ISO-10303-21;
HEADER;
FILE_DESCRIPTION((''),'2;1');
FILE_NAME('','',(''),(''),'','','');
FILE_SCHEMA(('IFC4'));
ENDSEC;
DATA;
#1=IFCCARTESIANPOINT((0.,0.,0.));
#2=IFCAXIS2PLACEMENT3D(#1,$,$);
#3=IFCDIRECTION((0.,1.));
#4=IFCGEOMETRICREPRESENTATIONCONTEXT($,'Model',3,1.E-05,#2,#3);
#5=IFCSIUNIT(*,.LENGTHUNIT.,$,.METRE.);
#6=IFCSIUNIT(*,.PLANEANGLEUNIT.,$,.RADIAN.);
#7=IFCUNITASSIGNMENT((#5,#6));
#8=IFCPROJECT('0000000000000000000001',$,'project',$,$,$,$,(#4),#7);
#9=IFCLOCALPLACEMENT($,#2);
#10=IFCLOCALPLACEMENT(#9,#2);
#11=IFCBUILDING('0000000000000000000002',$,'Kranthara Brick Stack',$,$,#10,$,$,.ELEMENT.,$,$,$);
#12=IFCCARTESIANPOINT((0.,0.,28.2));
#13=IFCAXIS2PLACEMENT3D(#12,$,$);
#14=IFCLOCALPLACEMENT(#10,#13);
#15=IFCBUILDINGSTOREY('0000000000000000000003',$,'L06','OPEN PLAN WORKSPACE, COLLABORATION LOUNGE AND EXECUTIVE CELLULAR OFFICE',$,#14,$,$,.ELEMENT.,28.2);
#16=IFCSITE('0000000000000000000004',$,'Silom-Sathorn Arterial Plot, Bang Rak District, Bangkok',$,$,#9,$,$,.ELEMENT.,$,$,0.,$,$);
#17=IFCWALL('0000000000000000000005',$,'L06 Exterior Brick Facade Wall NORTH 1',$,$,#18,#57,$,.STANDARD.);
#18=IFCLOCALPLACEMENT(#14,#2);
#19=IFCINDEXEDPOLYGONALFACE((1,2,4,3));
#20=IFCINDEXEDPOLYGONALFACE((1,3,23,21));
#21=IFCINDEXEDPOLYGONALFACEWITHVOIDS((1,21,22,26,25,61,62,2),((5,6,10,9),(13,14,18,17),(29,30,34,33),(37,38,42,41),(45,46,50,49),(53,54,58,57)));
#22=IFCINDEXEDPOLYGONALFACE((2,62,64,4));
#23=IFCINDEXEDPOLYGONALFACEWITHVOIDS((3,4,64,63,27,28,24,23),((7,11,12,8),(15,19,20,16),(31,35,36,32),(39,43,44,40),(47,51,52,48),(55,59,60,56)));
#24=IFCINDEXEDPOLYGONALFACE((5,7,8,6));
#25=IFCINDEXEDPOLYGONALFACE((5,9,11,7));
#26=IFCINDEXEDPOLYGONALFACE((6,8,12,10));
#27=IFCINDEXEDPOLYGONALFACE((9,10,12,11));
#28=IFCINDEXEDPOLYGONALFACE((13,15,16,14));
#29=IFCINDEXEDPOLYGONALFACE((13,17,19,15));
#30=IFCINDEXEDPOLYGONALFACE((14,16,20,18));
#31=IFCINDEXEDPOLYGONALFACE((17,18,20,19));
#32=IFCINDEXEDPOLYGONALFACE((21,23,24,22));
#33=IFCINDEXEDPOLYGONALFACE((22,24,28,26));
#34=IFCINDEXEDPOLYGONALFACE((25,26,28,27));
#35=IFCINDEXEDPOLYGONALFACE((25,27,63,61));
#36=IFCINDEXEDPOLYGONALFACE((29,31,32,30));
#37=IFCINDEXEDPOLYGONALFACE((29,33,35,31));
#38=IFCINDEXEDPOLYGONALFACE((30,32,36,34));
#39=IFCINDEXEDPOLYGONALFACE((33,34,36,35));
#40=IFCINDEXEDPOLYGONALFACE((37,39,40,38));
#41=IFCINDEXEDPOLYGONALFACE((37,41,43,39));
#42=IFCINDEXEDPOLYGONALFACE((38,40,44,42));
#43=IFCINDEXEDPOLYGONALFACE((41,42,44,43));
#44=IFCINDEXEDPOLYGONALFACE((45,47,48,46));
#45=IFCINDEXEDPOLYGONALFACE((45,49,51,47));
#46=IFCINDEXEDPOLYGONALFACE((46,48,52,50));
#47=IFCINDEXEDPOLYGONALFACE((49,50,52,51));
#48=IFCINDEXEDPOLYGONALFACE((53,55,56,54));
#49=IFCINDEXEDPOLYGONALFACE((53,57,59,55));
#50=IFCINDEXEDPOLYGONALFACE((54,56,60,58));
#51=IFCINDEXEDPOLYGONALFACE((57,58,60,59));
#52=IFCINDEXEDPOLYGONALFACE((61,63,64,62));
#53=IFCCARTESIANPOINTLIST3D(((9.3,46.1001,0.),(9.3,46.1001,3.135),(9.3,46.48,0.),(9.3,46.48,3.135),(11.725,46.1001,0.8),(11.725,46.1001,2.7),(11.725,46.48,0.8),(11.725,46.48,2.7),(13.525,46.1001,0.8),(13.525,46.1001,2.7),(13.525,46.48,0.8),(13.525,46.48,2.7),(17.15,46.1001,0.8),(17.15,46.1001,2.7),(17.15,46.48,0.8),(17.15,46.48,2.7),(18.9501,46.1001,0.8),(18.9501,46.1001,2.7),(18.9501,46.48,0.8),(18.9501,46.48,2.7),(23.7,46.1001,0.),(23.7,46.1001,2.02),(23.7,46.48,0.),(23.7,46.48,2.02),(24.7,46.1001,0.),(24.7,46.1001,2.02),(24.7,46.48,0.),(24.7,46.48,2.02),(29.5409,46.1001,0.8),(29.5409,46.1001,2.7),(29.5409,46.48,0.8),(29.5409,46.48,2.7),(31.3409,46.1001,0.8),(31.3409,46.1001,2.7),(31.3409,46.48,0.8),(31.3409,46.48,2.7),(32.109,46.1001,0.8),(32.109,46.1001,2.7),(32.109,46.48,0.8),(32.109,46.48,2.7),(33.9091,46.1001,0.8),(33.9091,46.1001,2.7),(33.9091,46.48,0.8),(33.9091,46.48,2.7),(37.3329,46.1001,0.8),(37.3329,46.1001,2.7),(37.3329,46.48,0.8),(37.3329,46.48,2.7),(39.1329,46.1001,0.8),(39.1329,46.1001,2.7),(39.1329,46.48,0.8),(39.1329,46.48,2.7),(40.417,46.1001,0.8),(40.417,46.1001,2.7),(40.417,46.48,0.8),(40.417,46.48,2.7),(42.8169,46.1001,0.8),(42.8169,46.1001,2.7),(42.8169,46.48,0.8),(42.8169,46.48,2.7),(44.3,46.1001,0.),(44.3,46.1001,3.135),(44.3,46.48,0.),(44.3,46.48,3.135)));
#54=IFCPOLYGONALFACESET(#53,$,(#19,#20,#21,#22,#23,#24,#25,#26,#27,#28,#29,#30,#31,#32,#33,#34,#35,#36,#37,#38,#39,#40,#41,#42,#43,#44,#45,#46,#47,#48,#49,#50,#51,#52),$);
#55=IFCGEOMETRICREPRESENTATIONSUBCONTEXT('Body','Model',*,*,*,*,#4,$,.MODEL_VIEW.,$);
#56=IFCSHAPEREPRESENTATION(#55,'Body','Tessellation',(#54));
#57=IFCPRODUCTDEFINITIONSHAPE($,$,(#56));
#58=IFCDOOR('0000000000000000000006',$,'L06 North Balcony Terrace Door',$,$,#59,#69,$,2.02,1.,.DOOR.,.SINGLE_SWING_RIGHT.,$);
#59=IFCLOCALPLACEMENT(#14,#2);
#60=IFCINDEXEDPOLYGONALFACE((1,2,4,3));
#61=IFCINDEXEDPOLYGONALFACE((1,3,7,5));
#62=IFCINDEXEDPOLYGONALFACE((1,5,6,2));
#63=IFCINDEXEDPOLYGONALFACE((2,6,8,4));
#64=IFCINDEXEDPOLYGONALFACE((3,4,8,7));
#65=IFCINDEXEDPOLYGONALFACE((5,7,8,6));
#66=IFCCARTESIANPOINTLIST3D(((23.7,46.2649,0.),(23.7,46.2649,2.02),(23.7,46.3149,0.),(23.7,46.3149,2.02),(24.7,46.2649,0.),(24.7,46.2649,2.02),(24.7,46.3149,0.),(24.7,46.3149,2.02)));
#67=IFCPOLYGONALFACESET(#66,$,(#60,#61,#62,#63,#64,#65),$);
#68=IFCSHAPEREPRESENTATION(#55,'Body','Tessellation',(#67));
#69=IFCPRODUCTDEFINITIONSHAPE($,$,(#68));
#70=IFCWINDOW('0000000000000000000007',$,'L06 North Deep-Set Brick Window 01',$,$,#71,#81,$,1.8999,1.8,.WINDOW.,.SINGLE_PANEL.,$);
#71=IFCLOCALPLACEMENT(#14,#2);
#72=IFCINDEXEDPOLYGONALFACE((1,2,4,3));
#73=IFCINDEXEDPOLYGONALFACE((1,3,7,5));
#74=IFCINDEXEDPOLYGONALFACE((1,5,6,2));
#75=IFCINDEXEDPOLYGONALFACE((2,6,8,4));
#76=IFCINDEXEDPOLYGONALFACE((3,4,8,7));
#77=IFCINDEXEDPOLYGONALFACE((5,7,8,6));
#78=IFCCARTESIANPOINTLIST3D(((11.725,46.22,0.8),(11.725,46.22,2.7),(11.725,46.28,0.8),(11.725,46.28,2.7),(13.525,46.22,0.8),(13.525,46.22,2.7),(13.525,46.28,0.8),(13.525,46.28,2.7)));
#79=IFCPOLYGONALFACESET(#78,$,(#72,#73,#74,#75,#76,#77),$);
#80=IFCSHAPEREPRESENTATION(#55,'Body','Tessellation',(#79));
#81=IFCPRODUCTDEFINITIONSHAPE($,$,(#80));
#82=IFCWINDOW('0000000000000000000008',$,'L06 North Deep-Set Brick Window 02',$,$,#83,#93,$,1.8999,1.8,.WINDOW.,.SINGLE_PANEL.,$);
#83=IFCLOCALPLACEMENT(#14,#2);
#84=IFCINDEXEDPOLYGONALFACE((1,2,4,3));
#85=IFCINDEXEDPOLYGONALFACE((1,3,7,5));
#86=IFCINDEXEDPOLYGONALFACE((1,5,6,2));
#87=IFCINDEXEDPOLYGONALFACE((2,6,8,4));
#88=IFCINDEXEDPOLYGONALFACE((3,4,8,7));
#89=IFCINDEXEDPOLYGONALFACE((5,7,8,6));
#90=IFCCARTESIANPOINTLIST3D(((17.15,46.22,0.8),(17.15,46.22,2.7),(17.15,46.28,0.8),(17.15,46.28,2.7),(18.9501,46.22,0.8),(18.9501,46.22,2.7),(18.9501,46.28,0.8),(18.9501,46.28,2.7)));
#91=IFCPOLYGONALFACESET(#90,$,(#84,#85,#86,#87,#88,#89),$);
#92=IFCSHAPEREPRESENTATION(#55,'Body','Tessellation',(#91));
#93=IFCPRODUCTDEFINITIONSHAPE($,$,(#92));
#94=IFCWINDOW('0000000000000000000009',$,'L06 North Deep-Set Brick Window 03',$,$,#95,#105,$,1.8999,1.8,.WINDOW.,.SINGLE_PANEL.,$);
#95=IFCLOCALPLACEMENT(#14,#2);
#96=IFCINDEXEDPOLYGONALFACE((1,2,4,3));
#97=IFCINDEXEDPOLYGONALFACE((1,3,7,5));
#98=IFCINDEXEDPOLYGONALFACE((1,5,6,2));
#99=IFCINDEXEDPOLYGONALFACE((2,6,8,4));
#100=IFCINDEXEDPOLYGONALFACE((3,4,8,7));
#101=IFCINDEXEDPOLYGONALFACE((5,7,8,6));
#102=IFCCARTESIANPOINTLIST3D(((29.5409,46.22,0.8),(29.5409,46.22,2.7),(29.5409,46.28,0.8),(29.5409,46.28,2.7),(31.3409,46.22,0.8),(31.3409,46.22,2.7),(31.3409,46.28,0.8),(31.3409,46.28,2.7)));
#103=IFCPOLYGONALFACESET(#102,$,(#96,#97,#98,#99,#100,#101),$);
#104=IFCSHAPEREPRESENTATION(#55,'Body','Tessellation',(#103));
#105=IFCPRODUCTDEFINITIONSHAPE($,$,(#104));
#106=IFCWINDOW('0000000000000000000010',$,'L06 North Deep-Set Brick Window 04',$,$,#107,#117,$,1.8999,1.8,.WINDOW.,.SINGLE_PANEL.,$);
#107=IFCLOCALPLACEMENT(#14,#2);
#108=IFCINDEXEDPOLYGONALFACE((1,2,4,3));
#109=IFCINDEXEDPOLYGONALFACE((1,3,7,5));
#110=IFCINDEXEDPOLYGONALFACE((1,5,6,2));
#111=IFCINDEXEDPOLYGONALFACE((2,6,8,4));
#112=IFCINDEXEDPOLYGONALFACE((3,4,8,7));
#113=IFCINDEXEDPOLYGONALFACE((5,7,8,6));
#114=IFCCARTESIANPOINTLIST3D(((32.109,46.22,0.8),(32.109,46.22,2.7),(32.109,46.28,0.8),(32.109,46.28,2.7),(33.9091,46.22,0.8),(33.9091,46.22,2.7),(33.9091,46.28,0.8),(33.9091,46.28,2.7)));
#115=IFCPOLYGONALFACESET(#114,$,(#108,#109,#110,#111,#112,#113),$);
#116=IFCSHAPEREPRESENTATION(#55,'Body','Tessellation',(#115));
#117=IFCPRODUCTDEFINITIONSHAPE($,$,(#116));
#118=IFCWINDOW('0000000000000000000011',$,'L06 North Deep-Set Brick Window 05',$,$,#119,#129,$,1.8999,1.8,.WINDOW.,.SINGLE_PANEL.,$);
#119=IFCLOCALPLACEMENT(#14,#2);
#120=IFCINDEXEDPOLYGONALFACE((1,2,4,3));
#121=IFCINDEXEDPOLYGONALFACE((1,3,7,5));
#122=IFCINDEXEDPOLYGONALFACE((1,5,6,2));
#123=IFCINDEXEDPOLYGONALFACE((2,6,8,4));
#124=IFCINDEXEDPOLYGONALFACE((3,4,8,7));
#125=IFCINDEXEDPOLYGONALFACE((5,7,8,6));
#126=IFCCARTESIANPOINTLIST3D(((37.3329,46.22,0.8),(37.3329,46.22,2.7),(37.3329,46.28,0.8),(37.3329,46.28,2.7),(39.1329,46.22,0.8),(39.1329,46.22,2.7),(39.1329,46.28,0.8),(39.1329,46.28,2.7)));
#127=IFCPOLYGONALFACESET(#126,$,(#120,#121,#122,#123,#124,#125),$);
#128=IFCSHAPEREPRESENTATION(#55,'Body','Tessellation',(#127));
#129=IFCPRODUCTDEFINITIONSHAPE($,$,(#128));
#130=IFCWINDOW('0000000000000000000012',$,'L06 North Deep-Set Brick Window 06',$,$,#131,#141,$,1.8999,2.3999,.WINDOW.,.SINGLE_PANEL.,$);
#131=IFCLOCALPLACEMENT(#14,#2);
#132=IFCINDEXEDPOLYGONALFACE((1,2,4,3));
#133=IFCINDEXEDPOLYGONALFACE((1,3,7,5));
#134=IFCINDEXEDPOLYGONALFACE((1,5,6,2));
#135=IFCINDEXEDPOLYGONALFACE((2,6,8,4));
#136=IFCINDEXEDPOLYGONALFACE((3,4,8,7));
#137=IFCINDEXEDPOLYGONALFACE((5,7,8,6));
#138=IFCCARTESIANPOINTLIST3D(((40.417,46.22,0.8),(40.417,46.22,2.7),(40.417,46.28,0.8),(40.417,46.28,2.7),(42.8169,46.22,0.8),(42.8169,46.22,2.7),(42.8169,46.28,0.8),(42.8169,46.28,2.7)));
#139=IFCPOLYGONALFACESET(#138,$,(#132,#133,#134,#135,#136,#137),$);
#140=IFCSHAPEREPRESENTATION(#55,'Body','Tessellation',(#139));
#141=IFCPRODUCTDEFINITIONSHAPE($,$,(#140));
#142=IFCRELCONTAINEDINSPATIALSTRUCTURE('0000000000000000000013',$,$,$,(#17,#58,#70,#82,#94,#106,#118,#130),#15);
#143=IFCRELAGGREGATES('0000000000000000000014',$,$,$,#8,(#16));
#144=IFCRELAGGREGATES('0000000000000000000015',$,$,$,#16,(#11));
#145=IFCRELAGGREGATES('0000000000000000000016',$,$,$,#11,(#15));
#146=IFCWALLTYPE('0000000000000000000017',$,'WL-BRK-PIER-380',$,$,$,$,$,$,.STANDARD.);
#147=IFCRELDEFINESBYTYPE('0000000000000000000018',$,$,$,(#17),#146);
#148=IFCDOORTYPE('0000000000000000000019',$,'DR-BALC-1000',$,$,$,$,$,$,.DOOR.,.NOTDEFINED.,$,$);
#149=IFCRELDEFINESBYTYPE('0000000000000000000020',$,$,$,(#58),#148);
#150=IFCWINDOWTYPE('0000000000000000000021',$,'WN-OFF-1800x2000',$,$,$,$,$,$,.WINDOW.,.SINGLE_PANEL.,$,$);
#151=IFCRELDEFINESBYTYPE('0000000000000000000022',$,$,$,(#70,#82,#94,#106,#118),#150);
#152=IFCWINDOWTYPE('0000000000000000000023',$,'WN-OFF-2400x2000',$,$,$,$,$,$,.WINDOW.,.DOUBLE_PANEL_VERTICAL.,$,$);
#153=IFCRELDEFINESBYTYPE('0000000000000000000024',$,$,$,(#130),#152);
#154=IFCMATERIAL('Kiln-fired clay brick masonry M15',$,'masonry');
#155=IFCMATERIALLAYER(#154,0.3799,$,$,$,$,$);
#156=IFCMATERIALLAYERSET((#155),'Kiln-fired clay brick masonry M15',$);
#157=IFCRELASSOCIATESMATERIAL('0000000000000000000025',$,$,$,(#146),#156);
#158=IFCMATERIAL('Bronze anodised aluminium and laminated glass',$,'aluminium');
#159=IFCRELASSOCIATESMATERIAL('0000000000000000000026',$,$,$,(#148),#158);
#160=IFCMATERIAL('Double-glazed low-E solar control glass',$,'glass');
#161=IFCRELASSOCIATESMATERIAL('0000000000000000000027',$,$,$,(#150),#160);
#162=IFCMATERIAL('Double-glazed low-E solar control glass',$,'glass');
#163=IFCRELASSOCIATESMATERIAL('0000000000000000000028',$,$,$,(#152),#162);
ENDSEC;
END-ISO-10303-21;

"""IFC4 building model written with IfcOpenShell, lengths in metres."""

from ifc_helpers import new_model, si_unit, direction, frame, frame_2d, origin, place, context, subcontext, project, spatial, rectangle, extrude, material, layer, layer_set, type_object, element, fill, save


model = new_model("IFC4")

# Units and contexts
model_context = context("Model", 3, precision=1e-05, world=origin(), true_north=direction((0.0, 1.0)))
body_context = subcontext(model_context, "Body", "Model", "MODEL_VIEW")
ifc_project = project(units=[si_unit("LENGTHUNIT", "METRE"), si_unit("PLANEANGLEUNIT", "RADIAN")], contexts=[model_context])

# Site, building, storey
site_placement = place(None, origin())
site = spatial("IfcSite", under=ifc_project, at=site_placement, Name="Silom-Sathorn Arterial Plot, Bang Rak District, Bangkok", CompositionType="ELEMENT", RefElevation=0.0)
building_placement = place(site_placement, origin())
building = spatial("IfcBuilding", under=site, at=building_placement, Name="Kranthara Brick Stack", CompositionType="ELEMENT")
storey_placement = place(building_placement, frame((0.0, 0.0, 28.2)))
storey = spatial("IfcBuildingStorey", under=building, at=storey_placement, Name="L06", Description="OPEN PLAN WORKSPACE, COLLABORATION LOUNGE AND EXECUTIVE CELLULAR OFFICE", CompositionType="ELEMENT", Elevation=28.2)

# Shared definitions
ifc_material_1 = material(Name="Kiln-fired clay brick masonry M15", Category="masonry")
ifc_layer_1 = layer(ifc_material_1, 0.3799)
ifc_layer_set_1 = layer_set([ifc_layer_1], Name="Kiln-fired clay brick masonry M15")
wall_type_1 = type_object("IfcWallType", Name="WL-BRK-PIER-380", PredefinedType="STANDARD", material=ifc_layer_set_1)

# Wall, openings, door, windows
wall_1_placement = place(storey_placement, frame((9.3, 46.29, 0.0), z_axis=(0.0, 0.0, 1.0), x_axis=(1.0, 0.0, 0.0)))
wall_1 = element("IfcWall", 1, at=wall_1_placement, inside=storey, type_object=wall_type_1, Name="L06 Exterior Brick Facade Wall NORTH 1", PredefinedType="STANDARD", context=body_context, shape_type="SweptSolid", body=[
    extrude(rectangle(XDim=35.0, YDim=0.3799, at=frame_2d((17.5, 0.0))), origin(), (0.0, 0.0, 1.0), 3.135),
])
opening_1_placement = place(wall_1_placement, frame((14.3999, 0.0, 0.0)))
opening_1 = element("IfcOpeningElement", 2, at=opening_1_placement, cuts=wall_1, PredefinedType="OPENING", context=body_context, shape_type="SweptSolid", body=[
    extrude(rectangle(XDim=1.0, YDim=2.02, at=frame_2d((0.5, 1.01))), frame((0.0, 0.2, 0.0), z_axis=(0.0, -1.0, 0.0), x_axis=(1.0, 0.0, 0.0)), (0.0, 0.0, 1.0), 0.3999),
])
opening_2_placement = place(wall_1_placement, frame((2.425, 0.0, 0.8)))
opening_2 = element("IfcOpeningElement", 3, at=opening_2_placement, cuts=wall_1, PredefinedType="OPENING", context=body_context, shape_type="SweptSolid", body=[
    extrude(rectangle(XDim=1.8, YDim=1.8999, at=frame_2d((0.8999, 0.95))), frame((0.0, 0.2, 0.0), z_axis=(0.0, -1.0, 0.0), x_axis=(1.0, 0.0, 0.0)), (0.0, 0.0, 1.0), 0.3999),
])
opening_3_placement = place(wall_1_placement, frame((7.8501, 0.0, 0.8)))
opening_3 = element("IfcOpeningElement", 4, at=opening_3_placement, cuts=wall_1, PredefinedType="OPENING", context=body_context, shape_type="SweptSolid", body=[
    extrude(rectangle(XDim=1.8, YDim=1.8999, at=frame_2d((0.8999, 0.95))), frame((0.0, 0.2, 0.0), z_axis=(0.0, -1.0, 0.0), x_axis=(1.0, 0.0, 0.0)), (0.0, 0.0, 1.0), 0.3999),
])
opening_4_placement = place(wall_1_placement, frame((20.241, 0.0, 0.8)))
opening_4 = element("IfcOpeningElement", 5, at=opening_4_placement, cuts=wall_1, PredefinedType="OPENING", context=body_context, shape_type="SweptSolid", body=[
    extrude(rectangle(XDim=1.8, YDim=1.8999, at=frame_2d((0.8999, 0.95))), frame((0.0, 0.2, 0.0), z_axis=(0.0, -1.0, 0.0), x_axis=(1.0, 0.0, 0.0)), (0.0, 0.0, 1.0), 0.3999),
])
opening_5_placement = place(wall_1_placement, frame((22.8091, 0.0, 0.8)))
opening_5 = element("IfcOpeningElement", 6, at=opening_5_placement, cuts=wall_1, PredefinedType="OPENING", context=body_context, shape_type="SweptSolid", body=[
    extrude(rectangle(XDim=1.8, YDim=1.8999, at=frame_2d((0.8999, 0.95))), frame((0.0, 0.2, 0.0), z_axis=(0.0, -1.0, 0.0), x_axis=(1.0, 0.0, 0.0)), (0.0, 0.0, 1.0), 0.3999),
])
opening_6_placement = place(wall_1_placement, frame((28.033, 0.0, 0.8)))
opening_6 = element("IfcOpeningElement", 7, at=opening_6_placement, cuts=wall_1, PredefinedType="OPENING", context=body_context, shape_type="SweptSolid", body=[
    extrude(rectangle(XDim=1.8, YDim=1.8999, at=frame_2d((0.8999, 0.95))), frame((0.0, 0.2, 0.0), z_axis=(0.0, -1.0, 0.0), x_axis=(1.0, 0.0, 0.0)), (0.0, 0.0, 1.0), 0.3999),
])
opening_7_placement = place(wall_1_placement, frame((31.1169, 0.0, 0.8)))
opening_7 = element("IfcOpeningElement", 8, at=opening_7_placement, cuts=wall_1, PredefinedType="OPENING", context=body_context, shape_type="SweptSolid", body=[
    extrude(rectangle(XDim=2.3999, YDim=1.8999, at=frame_2d((1.2, 0.95))), frame((0.0, 0.2, 0.0), z_axis=(0.0, -1.0, 0.0), x_axis=(1.0, 0.0, 0.0)), (0.0, 0.0, 1.0), 0.3999),
])
ifc_material_2 = material(Name="Bronze anodised aluminium and laminated glass", Category="aluminium")
door_type_1 = type_object("IfcDoorType", Name="DR-BALC-1000", OperationType="NOTDEFINED", PredefinedType="DOOR", material=ifc_material_2)
door_1_placement = place(opening_1_placement, origin())
door_1 = element("IfcDoor", 9, at=door_1_placement, inside=storey, type_object=door_type_1, Name="L06 North Balcony Terrace Door", OperationType="SINGLE_SWING_RIGHT", OverallHeight=2.02, OverallWidth=1.0, PredefinedType="DOOR", context=body_context, shape_type="SweptSolid", body=[
    extrude(rectangle(XDim=1.0, YDim=2.02, at=frame_2d((0.5, 1.01))), frame((0.0, 0.0249, 0.0), z_axis=(0.0, -1.0, 0.0), x_axis=(1.0, 0.0, 0.0)), (0.0, 0.0, 1.0), 0.05),
])
fill(opening_1, door_1)
ifc_material_3 = material(Name="Double-glazed low-E solar control glass", Category="glass")
window_type_1 = type_object("IfcWindowType", Name="WN-OFF-1800x2000", PartitioningType="SINGLE_PANEL", PredefinedType="WINDOW", material=ifc_material_3)
window_1_placement = place(opening_2_placement, origin())
window_1 = element("IfcWindow", 10, at=window_1_placement, inside=storey, type_object=window_type_1, Name="L06 North Deep-Set Brick Window 01", OverallHeight=1.8999, OverallWidth=1.8, PartitioningType="SINGLE_PANEL", PredefinedType="WINDOW", context=body_context, shape_type="SweptSolid", body=[
    extrude(rectangle(XDim=1.8, YDim=1.8999, at=frame_2d((0.8999, 0.95))), frame((0.0, -0.01, 0.0), z_axis=(0.0, -1.0, 0.0), x_axis=(1.0, 0.0, 0.0)), (0.0, 0.0, 1.0), 0.0601),
])
fill(opening_2, window_1)
window_2_placement = place(opening_3_placement, origin())
window_2 = element("IfcWindow", 11, at=window_2_placement, inside=storey, type_object=window_type_1, Name="L06 North Deep-Set Brick Window 02", OverallHeight=1.8999, OverallWidth=1.8, PartitioningType="SINGLE_PANEL", PredefinedType="WINDOW", context=body_context, shape_type="SweptSolid", body=[
    extrude(rectangle(XDim=1.8, YDim=1.8999, at=frame_2d((0.8999, 0.95))), frame((0.0, -0.01, 0.0), z_axis=(0.0, -1.0, 0.0), x_axis=(1.0, 0.0, 0.0)), (0.0, 0.0, 1.0), 0.0601),
])
fill(opening_3, window_2)
window_3_placement = place(opening_4_placement, origin())
window_3 = element("IfcWindow", 12, at=window_3_placement, inside=storey, type_object=window_type_1, Name="L06 North Deep-Set Brick Window 03", OverallHeight=1.8999, OverallWidth=1.8, PartitioningType="SINGLE_PANEL", PredefinedType="WINDOW", context=body_context, shape_type="SweptSolid", body=[
    extrude(rectangle(XDim=1.8, YDim=1.8999, at=frame_2d((0.8999, 0.95))), frame((0.0, -0.01, 0.0), z_axis=(0.0, -1.0, 0.0), x_axis=(1.0, 0.0, 0.0)), (0.0, 0.0, 1.0), 0.0601),
])
fill(opening_4, window_3)
window_4_placement = place(opening_5_placement, origin())
window_4 = element("IfcWindow", 13, at=window_4_placement, inside=storey, type_object=window_type_1, Name="L06 North Deep-Set Brick Window 04", OverallHeight=1.8999, OverallWidth=1.8, PartitioningType="SINGLE_PANEL", PredefinedType="WINDOW", context=body_context, shape_type="SweptSolid", body=[
    extrude(rectangle(XDim=1.8, YDim=1.8999, at=frame_2d((0.8999, 0.95))), frame((0.0, -0.01, 0.0), z_axis=(0.0, -1.0, 0.0), x_axis=(1.0, 0.0, 0.0)), (0.0, 0.0, 1.0), 0.0601),
])
fill(opening_5, window_4)
window_5_placement = place(opening_6_placement, origin())
window_5 = element("IfcWindow", 14, at=window_5_placement, inside=storey, type_object=window_type_1, Name="L06 North Deep-Set Brick Window 05", OverallHeight=1.8999, OverallWidth=1.8, PartitioningType="SINGLE_PANEL", PredefinedType="WINDOW", context=body_context, shape_type="SweptSolid", body=[
    extrude(rectangle(XDim=1.8, YDim=1.8999, at=frame_2d((0.8999, 0.95))), frame((0.0, -0.01, 0.0), z_axis=(0.0, -1.0, 0.0), x_axis=(1.0, 0.0, 0.0)), (0.0, 0.0, 1.0), 0.0601),
])
fill(opening_6, window_5)
ifc_material_4 = material(Name="Double-glazed low-E solar control glass", Category="glass")
window_type_2 = type_object("IfcWindowType", Name="WN-OFF-2400x2000", PartitioningType="DOUBLE_PANEL_VERTICAL", PredefinedType="WINDOW", material=ifc_material_4)
window_6_placement = place(opening_7_placement, origin())
window_6 = element("IfcWindow", 15, at=window_6_placement, inside=storey, type_object=window_type_2, Name="L06 North Deep-Set Brick Window 06", OverallHeight=1.8999, OverallWidth=2.3999, PartitioningType="SINGLE_PANEL", PredefinedType="WINDOW", context=body_context, shape_type="SweptSolid", body=[
    extrude(rectangle(XDim=2.3999, YDim=1.8999, at=frame_2d((1.2, 0.95))), frame((0.0, -0.01, 0.0), z_axis=(0.0, -1.0, 0.0), x_axis=(1.0, 0.0, 0.0)), (0.0, 0.0, 1.0), 0.0601),
])
fill(opening_7, window_6)

save(model, "model.ifc")
